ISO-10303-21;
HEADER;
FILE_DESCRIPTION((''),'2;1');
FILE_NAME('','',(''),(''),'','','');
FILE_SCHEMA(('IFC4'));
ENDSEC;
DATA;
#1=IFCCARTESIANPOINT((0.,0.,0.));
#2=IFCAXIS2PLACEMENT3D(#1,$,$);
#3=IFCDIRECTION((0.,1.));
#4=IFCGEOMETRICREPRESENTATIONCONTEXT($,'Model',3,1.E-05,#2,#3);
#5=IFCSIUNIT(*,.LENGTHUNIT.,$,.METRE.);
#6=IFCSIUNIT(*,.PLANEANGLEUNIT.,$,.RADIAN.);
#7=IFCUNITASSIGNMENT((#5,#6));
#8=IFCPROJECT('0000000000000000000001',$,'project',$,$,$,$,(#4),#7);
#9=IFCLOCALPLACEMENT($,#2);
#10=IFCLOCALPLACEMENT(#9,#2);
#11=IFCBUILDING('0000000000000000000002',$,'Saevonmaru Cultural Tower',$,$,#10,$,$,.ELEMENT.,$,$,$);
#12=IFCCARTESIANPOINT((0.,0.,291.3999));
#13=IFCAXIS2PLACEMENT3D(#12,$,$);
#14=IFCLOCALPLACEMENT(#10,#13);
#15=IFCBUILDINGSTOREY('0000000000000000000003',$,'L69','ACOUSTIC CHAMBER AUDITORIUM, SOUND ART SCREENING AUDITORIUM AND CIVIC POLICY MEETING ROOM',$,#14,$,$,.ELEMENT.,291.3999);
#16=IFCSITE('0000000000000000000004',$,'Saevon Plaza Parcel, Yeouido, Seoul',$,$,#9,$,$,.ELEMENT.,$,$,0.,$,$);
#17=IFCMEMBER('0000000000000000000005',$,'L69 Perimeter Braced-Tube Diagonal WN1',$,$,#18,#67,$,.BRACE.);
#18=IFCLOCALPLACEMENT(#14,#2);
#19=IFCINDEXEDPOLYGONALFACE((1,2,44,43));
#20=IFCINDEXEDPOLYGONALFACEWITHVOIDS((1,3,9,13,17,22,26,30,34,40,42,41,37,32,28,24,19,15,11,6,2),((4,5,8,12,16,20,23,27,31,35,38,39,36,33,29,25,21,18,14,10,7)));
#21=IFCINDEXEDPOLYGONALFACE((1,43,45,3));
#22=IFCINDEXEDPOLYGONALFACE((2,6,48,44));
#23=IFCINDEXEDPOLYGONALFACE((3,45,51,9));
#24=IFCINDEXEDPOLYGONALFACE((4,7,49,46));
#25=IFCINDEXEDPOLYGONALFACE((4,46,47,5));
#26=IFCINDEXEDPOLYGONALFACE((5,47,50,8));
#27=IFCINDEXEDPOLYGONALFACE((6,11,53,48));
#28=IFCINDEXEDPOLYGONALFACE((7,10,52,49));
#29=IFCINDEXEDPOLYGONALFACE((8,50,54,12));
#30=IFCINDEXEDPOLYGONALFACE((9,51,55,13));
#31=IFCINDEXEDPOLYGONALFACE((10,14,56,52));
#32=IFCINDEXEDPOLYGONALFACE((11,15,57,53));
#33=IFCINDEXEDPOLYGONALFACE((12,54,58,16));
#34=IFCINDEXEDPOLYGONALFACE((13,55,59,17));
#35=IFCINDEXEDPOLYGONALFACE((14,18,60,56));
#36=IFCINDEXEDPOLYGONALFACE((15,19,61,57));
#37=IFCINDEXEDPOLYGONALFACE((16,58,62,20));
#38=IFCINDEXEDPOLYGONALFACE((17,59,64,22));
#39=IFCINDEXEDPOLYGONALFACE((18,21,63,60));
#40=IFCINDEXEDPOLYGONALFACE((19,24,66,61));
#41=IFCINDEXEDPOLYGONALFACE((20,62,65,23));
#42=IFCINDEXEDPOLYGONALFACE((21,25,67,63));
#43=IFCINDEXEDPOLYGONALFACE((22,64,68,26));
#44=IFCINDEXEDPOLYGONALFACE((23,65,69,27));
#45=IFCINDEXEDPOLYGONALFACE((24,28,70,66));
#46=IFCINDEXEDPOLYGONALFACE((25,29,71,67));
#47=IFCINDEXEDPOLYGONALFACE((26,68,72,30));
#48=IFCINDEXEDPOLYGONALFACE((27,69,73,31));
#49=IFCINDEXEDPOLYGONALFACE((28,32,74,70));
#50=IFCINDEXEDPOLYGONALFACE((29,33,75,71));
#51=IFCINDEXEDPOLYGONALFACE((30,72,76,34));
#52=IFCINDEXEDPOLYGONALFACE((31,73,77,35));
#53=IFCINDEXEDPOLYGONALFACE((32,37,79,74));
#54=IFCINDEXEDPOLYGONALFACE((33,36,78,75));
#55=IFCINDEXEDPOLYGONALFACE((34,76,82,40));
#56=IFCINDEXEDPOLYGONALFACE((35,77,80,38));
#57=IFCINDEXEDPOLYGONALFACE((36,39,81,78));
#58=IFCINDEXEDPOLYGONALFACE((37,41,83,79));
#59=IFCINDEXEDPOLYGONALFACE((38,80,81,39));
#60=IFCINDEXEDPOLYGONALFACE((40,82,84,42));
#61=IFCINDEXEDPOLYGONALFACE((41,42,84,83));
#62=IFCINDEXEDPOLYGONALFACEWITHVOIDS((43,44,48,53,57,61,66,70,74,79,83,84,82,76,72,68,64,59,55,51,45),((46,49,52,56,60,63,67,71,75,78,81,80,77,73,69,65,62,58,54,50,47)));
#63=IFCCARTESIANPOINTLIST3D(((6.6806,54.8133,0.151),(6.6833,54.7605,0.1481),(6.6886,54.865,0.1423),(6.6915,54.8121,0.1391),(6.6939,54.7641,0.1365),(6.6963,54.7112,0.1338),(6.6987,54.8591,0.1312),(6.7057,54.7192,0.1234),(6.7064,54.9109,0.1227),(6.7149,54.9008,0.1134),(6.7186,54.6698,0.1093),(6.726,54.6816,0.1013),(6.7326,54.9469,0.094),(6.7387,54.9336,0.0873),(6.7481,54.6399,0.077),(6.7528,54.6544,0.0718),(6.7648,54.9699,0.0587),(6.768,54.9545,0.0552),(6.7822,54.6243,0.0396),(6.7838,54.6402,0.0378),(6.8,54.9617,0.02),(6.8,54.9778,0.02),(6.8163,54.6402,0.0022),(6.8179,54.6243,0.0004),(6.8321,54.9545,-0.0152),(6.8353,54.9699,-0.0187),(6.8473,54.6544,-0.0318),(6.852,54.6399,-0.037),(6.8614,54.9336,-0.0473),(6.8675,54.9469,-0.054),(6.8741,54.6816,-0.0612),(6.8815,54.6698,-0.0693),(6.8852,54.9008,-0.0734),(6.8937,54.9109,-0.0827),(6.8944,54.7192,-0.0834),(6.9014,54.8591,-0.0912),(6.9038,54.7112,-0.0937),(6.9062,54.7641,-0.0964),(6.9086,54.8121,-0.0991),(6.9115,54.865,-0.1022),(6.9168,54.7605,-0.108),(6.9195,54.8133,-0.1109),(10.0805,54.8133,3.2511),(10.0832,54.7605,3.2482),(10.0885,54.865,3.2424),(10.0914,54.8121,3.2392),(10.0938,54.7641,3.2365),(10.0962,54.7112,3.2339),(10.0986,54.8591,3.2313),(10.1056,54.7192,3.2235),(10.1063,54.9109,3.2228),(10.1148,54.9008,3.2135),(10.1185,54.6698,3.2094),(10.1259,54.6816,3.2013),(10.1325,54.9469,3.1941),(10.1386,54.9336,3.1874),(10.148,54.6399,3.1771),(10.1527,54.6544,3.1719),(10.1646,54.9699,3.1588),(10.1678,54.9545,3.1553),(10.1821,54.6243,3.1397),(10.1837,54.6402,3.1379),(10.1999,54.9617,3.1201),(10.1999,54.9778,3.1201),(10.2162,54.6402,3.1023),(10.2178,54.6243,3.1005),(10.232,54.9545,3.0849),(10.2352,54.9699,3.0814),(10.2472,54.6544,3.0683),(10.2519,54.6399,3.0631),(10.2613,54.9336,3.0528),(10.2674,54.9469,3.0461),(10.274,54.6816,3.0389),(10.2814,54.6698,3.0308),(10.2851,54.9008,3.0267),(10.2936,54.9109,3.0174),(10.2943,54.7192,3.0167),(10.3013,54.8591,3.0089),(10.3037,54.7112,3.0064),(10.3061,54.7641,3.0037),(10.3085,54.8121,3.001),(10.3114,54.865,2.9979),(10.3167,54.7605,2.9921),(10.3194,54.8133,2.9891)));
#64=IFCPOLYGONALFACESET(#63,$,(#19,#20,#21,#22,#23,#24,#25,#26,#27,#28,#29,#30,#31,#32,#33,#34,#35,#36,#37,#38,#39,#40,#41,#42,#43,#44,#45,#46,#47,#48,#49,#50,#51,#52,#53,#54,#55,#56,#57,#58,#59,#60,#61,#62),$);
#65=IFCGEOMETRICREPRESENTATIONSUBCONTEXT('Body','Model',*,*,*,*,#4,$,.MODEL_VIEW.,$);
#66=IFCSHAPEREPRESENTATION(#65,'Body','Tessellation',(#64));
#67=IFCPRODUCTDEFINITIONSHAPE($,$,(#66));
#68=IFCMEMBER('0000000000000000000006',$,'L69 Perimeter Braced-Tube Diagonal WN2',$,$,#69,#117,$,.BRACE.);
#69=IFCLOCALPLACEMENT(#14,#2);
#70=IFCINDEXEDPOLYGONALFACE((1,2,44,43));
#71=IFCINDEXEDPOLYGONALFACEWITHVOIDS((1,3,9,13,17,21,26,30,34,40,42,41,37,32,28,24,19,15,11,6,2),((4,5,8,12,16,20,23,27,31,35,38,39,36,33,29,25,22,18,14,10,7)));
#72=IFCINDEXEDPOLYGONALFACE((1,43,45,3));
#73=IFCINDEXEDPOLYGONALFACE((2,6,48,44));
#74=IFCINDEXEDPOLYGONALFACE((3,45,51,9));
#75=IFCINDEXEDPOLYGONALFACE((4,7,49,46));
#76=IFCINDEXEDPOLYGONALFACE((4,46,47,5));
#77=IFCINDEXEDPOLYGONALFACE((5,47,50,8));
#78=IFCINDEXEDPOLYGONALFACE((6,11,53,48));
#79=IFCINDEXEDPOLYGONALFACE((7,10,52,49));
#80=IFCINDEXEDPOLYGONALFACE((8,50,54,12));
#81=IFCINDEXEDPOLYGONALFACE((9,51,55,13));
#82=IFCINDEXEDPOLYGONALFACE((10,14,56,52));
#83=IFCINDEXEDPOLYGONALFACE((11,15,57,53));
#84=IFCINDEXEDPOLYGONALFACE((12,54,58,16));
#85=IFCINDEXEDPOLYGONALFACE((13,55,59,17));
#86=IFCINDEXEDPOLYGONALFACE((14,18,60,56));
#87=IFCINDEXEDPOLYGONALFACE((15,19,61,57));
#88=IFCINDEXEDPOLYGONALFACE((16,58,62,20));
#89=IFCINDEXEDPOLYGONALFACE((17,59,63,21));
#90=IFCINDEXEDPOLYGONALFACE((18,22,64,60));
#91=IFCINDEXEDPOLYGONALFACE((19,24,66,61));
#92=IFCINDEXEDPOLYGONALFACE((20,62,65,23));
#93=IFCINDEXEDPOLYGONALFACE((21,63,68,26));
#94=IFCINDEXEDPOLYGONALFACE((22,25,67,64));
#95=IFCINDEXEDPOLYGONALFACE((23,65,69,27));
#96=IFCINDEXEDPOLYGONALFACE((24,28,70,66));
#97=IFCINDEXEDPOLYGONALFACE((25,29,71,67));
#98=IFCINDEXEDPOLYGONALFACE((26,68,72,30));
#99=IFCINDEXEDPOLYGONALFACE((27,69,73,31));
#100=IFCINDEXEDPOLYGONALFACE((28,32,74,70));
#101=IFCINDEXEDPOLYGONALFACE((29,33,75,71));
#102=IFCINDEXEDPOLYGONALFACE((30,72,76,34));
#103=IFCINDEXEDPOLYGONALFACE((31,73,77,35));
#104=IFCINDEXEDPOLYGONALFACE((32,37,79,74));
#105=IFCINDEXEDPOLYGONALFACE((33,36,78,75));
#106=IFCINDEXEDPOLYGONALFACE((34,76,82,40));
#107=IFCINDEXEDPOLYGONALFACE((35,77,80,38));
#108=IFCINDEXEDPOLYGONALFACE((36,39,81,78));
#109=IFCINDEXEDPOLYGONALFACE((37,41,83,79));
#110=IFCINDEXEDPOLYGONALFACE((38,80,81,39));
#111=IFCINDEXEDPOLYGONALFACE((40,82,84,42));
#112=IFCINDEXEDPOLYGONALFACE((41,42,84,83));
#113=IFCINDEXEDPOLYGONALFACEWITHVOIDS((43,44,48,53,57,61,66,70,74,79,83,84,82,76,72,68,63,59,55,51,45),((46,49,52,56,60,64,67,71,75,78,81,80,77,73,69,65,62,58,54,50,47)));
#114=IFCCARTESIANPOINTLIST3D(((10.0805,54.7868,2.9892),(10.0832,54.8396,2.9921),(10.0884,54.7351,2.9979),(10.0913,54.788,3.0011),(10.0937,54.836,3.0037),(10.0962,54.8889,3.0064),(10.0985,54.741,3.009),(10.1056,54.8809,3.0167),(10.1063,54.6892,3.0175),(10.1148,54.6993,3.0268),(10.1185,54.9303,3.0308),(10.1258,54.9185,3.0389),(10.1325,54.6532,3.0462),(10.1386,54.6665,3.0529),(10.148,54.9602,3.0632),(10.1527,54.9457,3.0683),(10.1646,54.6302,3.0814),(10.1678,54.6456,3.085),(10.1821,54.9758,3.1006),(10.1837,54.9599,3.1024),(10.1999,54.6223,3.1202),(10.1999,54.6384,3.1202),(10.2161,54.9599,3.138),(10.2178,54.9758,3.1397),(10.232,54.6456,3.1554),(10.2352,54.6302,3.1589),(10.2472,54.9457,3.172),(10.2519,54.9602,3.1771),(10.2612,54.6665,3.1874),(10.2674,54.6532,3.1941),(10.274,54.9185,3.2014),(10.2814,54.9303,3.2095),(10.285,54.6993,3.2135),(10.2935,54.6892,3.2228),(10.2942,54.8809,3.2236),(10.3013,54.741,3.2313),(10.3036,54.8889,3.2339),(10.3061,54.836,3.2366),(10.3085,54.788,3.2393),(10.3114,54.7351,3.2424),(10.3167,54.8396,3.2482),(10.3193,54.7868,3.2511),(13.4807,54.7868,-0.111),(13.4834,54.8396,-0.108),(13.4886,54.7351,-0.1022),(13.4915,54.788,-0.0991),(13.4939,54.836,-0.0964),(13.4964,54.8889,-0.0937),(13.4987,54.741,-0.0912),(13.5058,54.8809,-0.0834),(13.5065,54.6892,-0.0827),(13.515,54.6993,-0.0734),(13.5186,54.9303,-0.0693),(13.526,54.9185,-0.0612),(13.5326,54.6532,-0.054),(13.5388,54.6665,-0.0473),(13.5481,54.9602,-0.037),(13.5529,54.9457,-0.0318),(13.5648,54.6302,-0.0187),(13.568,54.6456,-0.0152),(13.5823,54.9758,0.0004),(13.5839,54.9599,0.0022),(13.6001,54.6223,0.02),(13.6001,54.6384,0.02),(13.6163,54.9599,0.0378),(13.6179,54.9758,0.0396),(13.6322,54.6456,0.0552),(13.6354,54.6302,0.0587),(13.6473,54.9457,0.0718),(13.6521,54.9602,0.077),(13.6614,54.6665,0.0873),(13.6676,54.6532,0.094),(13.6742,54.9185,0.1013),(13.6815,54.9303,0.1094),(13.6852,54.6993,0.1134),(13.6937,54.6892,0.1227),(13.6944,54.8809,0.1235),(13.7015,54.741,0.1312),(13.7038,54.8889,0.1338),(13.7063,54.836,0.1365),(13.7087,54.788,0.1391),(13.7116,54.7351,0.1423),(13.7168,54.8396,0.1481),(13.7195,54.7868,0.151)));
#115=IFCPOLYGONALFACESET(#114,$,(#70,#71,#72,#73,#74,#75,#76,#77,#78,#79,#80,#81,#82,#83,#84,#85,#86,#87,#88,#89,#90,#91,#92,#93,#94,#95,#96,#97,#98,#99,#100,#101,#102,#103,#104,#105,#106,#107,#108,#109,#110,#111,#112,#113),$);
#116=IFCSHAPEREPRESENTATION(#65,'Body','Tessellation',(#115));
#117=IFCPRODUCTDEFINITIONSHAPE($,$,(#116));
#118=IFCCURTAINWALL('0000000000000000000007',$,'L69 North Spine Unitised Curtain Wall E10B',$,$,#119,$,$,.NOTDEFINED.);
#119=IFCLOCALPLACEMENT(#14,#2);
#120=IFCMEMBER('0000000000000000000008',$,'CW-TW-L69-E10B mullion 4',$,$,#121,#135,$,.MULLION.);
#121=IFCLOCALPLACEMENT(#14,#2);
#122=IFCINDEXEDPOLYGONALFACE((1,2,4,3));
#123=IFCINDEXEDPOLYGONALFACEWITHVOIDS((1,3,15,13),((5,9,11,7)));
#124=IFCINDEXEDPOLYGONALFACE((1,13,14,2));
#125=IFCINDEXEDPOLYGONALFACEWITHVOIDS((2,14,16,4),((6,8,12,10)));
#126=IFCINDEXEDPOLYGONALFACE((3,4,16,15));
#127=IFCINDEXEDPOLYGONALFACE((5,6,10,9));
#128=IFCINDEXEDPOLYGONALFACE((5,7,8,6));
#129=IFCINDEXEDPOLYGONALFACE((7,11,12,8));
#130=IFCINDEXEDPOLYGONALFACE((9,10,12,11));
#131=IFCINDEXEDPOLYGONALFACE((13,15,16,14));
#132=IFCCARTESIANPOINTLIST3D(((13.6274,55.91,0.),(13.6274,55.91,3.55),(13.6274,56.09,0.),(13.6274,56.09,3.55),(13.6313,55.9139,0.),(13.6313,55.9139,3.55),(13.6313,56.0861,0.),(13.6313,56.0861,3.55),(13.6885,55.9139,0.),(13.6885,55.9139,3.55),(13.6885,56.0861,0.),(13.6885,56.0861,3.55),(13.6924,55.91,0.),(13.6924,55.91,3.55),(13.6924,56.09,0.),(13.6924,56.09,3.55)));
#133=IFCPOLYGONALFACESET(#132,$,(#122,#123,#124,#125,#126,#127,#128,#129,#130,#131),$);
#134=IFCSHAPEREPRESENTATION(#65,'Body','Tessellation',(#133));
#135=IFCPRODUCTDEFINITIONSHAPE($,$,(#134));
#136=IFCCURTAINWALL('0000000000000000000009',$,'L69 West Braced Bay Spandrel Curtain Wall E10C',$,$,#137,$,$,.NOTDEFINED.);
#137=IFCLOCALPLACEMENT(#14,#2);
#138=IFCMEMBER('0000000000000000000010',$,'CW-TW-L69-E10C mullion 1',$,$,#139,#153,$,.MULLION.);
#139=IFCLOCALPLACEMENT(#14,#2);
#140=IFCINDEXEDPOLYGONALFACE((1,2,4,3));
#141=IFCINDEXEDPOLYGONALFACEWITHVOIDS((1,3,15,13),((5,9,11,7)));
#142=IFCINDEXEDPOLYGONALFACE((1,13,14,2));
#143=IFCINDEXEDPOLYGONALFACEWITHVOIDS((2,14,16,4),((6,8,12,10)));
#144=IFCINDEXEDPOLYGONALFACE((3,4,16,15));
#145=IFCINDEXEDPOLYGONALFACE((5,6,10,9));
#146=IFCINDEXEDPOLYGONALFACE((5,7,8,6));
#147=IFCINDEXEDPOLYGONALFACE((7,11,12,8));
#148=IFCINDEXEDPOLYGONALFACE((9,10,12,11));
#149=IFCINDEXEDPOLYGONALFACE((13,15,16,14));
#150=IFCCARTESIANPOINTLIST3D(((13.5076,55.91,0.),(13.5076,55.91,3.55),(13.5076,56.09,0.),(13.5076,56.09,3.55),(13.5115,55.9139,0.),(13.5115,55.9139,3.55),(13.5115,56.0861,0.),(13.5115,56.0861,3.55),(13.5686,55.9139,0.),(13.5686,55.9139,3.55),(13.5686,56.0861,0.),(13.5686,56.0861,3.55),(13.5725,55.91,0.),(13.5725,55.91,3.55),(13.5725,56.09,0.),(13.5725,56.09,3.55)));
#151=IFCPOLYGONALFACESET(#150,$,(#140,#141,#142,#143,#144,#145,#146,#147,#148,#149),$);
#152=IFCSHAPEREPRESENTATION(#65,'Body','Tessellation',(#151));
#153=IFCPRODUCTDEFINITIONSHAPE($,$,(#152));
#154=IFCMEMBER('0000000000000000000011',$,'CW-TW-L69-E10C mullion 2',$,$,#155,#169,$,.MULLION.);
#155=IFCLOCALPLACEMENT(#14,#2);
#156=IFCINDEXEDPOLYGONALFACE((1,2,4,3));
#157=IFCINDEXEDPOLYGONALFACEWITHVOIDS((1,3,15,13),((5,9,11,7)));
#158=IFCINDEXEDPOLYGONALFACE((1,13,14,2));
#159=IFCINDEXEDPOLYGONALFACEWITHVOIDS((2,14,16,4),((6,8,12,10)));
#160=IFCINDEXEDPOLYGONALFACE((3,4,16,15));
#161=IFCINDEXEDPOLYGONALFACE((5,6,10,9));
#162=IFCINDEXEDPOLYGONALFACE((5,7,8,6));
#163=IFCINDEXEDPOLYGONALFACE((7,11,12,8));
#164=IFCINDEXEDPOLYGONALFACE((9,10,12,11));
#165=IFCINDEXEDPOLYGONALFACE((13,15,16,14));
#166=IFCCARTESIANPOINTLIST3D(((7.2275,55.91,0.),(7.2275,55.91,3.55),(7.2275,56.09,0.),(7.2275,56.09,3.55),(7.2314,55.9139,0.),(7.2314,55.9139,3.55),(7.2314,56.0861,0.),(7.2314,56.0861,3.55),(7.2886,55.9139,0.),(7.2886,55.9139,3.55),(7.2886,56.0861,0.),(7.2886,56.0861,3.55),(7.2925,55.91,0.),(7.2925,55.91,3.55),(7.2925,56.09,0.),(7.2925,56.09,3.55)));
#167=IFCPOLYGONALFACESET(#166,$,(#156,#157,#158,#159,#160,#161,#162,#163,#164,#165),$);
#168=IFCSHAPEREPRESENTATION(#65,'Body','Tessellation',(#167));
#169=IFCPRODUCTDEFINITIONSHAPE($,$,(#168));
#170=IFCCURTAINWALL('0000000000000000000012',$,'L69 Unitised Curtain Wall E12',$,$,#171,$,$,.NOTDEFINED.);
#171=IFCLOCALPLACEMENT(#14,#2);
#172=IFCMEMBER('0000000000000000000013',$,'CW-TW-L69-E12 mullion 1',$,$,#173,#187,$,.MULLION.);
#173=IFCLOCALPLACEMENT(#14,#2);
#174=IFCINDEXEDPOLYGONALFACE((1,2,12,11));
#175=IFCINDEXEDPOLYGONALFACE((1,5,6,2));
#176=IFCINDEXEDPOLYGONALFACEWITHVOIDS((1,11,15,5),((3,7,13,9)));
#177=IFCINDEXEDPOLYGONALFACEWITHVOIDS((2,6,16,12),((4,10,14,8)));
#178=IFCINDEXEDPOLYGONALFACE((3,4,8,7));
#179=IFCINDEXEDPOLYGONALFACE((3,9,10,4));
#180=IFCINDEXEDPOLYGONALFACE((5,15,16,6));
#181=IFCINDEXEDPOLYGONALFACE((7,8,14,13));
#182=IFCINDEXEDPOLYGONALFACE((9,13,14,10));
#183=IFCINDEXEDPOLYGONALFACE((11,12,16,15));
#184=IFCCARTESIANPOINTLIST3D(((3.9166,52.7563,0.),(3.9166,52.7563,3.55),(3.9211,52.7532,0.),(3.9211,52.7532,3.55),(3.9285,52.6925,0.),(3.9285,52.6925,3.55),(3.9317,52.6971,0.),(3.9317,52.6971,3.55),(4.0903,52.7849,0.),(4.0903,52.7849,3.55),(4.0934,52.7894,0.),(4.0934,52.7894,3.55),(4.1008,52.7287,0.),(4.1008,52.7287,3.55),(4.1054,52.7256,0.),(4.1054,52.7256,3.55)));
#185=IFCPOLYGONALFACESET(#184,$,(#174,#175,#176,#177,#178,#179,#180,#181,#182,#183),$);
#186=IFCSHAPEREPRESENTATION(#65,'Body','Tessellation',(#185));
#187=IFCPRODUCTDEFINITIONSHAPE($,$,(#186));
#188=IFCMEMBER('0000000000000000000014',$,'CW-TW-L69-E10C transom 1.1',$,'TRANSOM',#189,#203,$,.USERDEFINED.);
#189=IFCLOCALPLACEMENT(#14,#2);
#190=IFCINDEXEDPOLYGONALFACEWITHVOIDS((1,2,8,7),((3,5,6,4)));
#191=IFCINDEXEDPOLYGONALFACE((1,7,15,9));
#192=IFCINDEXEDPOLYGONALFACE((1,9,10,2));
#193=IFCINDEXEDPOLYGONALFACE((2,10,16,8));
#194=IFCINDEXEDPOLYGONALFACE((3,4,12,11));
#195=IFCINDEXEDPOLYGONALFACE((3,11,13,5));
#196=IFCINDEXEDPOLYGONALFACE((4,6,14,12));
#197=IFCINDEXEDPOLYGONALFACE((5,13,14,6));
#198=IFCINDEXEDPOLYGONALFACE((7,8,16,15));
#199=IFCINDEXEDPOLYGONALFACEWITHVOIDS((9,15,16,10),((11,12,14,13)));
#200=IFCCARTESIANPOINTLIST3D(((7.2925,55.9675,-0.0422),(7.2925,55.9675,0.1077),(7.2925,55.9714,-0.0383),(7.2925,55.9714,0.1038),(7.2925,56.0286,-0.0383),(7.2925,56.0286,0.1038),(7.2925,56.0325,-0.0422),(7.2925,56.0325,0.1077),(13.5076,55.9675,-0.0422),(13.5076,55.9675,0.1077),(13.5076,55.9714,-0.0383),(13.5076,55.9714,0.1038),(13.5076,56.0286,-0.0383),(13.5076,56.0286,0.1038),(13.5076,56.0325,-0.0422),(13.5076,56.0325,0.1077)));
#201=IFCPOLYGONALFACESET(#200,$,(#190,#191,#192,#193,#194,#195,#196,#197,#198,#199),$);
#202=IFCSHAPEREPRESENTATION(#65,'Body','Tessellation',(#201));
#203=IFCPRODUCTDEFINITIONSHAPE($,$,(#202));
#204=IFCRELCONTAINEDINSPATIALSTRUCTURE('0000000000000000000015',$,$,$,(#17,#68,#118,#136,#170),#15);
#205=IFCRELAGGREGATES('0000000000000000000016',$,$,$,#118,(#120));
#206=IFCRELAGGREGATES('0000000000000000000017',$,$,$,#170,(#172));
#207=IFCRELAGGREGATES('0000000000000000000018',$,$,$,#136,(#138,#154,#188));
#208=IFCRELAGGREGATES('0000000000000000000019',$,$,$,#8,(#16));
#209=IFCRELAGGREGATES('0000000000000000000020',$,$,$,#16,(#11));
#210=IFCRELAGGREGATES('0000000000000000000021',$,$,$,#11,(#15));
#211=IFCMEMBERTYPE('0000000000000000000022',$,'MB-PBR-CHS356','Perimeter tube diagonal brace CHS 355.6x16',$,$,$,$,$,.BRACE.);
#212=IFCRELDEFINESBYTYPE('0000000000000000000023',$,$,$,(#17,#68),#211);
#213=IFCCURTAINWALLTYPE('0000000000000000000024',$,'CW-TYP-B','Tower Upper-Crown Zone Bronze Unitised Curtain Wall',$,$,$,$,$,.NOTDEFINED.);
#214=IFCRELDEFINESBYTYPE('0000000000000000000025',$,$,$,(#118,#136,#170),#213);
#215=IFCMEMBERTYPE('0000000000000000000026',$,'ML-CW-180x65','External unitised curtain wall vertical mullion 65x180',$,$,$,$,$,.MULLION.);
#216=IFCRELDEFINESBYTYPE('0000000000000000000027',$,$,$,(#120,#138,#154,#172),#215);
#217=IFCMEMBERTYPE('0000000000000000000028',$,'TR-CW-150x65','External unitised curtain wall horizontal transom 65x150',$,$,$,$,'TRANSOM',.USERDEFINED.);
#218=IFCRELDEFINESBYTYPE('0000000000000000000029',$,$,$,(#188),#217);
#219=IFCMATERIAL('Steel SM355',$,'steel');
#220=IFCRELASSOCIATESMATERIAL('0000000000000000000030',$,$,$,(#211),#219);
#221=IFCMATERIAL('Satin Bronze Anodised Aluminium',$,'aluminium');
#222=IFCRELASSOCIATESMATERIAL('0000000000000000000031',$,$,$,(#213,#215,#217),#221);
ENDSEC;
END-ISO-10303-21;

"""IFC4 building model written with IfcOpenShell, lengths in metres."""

from ifc_helpers import new_model, si_unit, direction, frame, origin, origin_2d, place, context, subcontext, project, spatial, hollow_rectangle, hollow_circle, extrude, material, material_profile, profile_set, type_object, element, aggregate, save


model = new_model("IFC4")

# Units and contexts
model_context = context("Model", 3, precision=1e-05, world=origin(), true_north=direction((0.0, 1.0)))
body_context = subcontext(model_context, "Body", "Model", "MODEL_VIEW")
ifc_project = project(units=[si_unit("LENGTHUNIT", "METRE"), si_unit("PLANEANGLEUNIT", "RADIAN")], contexts=[model_context])

# Site, building, storey
site_placement = place(None, origin())
site = spatial("IfcSite", under=ifc_project, at=site_placement, Name="Saevon Plaza Parcel, Yeouido, Seoul", CompositionType="ELEMENT", RefElevation=0.0)
building_placement = place(site_placement, origin())
building = spatial("IfcBuilding", under=site, at=building_placement, Name="Saevonmaru Cultural Tower", CompositionType="ELEMENT")
storey_placement = place(building_placement, frame((0.0, 0.0, 291.3999)))
storey = spatial("IfcBuildingStorey", under=building, at=storey_placement, Name="L69", Description="ACOUSTIC CHAMBER AUDITORIUM, SOUND ART SCREENING AUDITORIUM AND CIVIC POLICY MEETING ROOM", CompositionType="ELEMENT", Elevation=291.3999)

# Shared definitions
ifc_material_1 = material(Name="Steel SM355", Category="steel")

# Members
ifc_material_profile_1 = material_profile(ifc_material_1, hollow_circle(Radius=0.1777, WallThickness=0.0161, at=origin_2d()), Name="CHS-355.6x16")
ifc_profile_set_1 = profile_set([ifc_material_profile_1], Name="Steel SM355")
member_type_1 = type_object("IfcMemberType", Name="MB-PBR-CHS356", Description="Perimeter tube diagonal brace CHS 355.6x16", PredefinedType="BRACE", material=ifc_profile_set_1)
member_1_placement = place(storey_placement, frame((6.8, 54.8, 0.02), z_axis=(0.738936, 0.0, 0.673776), x_axis=(0.0, 1.0, 0.0)))
element("IfcMember", 1, at=member_1_placement, inside=storey, type_object=member_type_1, Name="L69 Perimeter Braced-Tube Diagonal WN1", PredefinedType="BRACE", context=body_context, shape_type="SweptSolid", body=[
    extrude(hollow_circle(Radius=0.1777, WallThickness=0.0161, at=origin_2d()), origin(), (0.0, 0.0, 1.0), 4.6011),
])
member_2_placement = place(storey_placement, frame((13.6001, 54.8, 0.02), z_axis=(-0.73896, 0.0, 0.67375), x_axis=(0.0, -1.0, 0.0)))
element("IfcMember", 2, at=member_2_placement, inside=storey, type_object=member_type_1, Name="L69 Perimeter Braced-Tube Diagonal WN2", PredefinedType="BRACE", context=body_context, shape_type="SweptSolid", body=[
    extrude(hollow_circle(Radius=0.1777, WallThickness=0.0161, at=origin_2d()), origin(), (0.0, 0.0, 1.0), 4.6013),
])

# Curtain wall, member
ifc_material_2 = material(Name="Satin Bronze Anodised Aluminium", Category="aluminium")
curtain_wall_type = type_object("IfcCurtainWallType", Name="CW-TYP-B", Description="Tower Upper-Crown Zone Bronze Unitised Curtain Wall", PredefinedType="NOTDEFINED", material=ifc_material_2)
curtain_wall_1_placement = place(storey_placement, origin())
curtain_wall_1 = element("IfcCurtainWall", 3, at=curtain_wall_1_placement, inside=storey, type_object=curtain_wall_type, Name="L69 North Spine Unitised Curtain Wall E10B", PredefinedType="NOTDEFINED")
ifc_material_profile_2 = material_profile(ifc_material_2, hollow_rectangle(XDim=0.0649, YDim=0.1799, WallThickness=0.0039, at=origin_2d()), Name="ALU-MULL-180x65x4")
ifc_profile_set_2 = profile_set([ifc_material_profile_2], Name="Satin Bronze Anodised Aluminium")
member_type_2 = type_object("IfcMemberType", Name="ML-CW-180x65", Description="External unitised curtain wall vertical mullion 65x180", PredefinedType="MULLION", material=ifc_profile_set_2)
member_3_placement = place(storey_placement, frame((13.6599, 56.0, 0.0), z_axis=(0.0, 0.0, 1.0), x_axis=(-1.0, 0.0, 0.0)))
member_3 = element("IfcMember", 4, at=member_3_placement, type_object=member_type_2, Name="CW-TW-L69-E10B mullion 4", PredefinedType="MULLION", context=body_context, shape_type="SweptSolid", body=[
    extrude(hollow_rectangle(XDim=0.0649, YDim=0.1799, WallThickness=0.0039, at=origin_2d()), origin(), (0.0, 0.0, 1.0), 3.55),
])
aggregate(curtain_wall_1, [member_3])

# Curtain wall, members
curtain_wall_2_placement = place(storey_placement, origin())
curtain_wall_2 = element("IfcCurtainWall", 5, at=curtain_wall_2_placement, inside=storey, type_object=curtain_wall_type, Name="L69 West Braced Bay Spandrel Curtain Wall E10C", PredefinedType="NOTDEFINED")
member_4_placement = place(storey_placement, frame((13.54, 56.0, 0.0), z_axis=(0.0, 0.0, 1.0), x_axis=(-1.0, 0.0, 0.0)))
member_4 = element("IfcMember", 6, at=member_4_placement, type_object=member_type_2, Name="CW-TW-L69-E10C mullion 1", PredefinedType="MULLION", context=body_context, shape_type="SweptSolid", body=[
    extrude(hollow_rectangle(XDim=0.0649, YDim=0.1799, WallThickness=0.0039, at=origin_2d()), origin(), (0.0, 0.0, 1.0), 3.55),
])
member_5_placement = place(storey_placement, frame((7.26, 56.0, 0.0), z_axis=(0.0, 0.0, 1.0), x_axis=(-1.0, 0.0, 0.0)))
member_5 = element("IfcMember", 7, at=member_5_placement, type_object=member_type_2, Name="CW-TW-L69-E10C mullion 2", PredefinedType="MULLION", context=body_context, shape_type="SweptSolid", body=[
    extrude(hollow_rectangle(XDim=0.0649, YDim=0.1799, WallThickness=0.0039, at=origin_2d()), origin(), (0.0, 0.0, 1.0), 3.55),
])

# Curtain wall, member
curtain_wall_3_placement = place(storey_placement, origin())
curtain_wall_3 = element("IfcCurtainWall", 8, at=curtain_wall_3_placement, inside=storey, type_object=curtain_wall_type, Name="L69 Unitised Curtain Wall E12", PredefinedType="NOTDEFINED")
member_6_placement = place(storey_placement, frame((4.011, 52.741, 0.0), z_axis=(0.0, 0.0, 1.0), x_axis=(0.184047, -0.982918, 0.0)))
member_6 = element("IfcMember", 9, at=member_6_placement, type_object=member_type_2, Name="CW-TW-L69-E12 mullion 1", PredefinedType="MULLION", context=body_context, shape_type="SweptSolid", body=[
    extrude(hollow_rectangle(XDim=0.0649, YDim=0.1799, WallThickness=0.0039, at=origin_2d()), origin(), (0.0, 0.0, 1.0), 3.55),
])

# Member
ifc_material_profile_3 = material_profile(ifc_material_2, hollow_rectangle(XDim=0.0649, YDim=0.1499, WallThickness=0.0039, at=origin_2d()), Name="ALU-TRAN-150x65x4")
ifc_profile_set_3 = profile_set([ifc_material_profile_3], Name="Satin Bronze Anodised Aluminium")
member_type_3 = type_object("IfcMemberType", Name="TR-CW-150x65", Description="External unitised curtain wall horizontal transom 65x150", ElementType="TRANSOM", PredefinedType="USERDEFINED", material=ifc_profile_set_3)
member_7_placement = place(storey_placement, frame((13.5076, 56.0, 0.0327), z_axis=(-1.0, 0.0, 0.0), x_axis=(0.0, -1.0, 0.0)))
member_7 = element("IfcMember", 10, at=member_7_placement, type_object=member_type_3, Name="CW-TW-L69-E10C transom 1.1", ObjectType="TRANSOM", PredefinedType="USERDEFINED", context=body_context, shape_type="SweptSolid", body=[
    extrude(hollow_rectangle(XDim=0.0649, YDim=0.1499, WallThickness=0.0039, at=origin_2d()), origin(), (0.0, 0.0, 1.0), 6.2151),
])

aggregate(curtain_wall_3, [member_6])
aggregate(curtain_wall_2, [member_4, member_5, member_7])

save(model, "model.ifc")
